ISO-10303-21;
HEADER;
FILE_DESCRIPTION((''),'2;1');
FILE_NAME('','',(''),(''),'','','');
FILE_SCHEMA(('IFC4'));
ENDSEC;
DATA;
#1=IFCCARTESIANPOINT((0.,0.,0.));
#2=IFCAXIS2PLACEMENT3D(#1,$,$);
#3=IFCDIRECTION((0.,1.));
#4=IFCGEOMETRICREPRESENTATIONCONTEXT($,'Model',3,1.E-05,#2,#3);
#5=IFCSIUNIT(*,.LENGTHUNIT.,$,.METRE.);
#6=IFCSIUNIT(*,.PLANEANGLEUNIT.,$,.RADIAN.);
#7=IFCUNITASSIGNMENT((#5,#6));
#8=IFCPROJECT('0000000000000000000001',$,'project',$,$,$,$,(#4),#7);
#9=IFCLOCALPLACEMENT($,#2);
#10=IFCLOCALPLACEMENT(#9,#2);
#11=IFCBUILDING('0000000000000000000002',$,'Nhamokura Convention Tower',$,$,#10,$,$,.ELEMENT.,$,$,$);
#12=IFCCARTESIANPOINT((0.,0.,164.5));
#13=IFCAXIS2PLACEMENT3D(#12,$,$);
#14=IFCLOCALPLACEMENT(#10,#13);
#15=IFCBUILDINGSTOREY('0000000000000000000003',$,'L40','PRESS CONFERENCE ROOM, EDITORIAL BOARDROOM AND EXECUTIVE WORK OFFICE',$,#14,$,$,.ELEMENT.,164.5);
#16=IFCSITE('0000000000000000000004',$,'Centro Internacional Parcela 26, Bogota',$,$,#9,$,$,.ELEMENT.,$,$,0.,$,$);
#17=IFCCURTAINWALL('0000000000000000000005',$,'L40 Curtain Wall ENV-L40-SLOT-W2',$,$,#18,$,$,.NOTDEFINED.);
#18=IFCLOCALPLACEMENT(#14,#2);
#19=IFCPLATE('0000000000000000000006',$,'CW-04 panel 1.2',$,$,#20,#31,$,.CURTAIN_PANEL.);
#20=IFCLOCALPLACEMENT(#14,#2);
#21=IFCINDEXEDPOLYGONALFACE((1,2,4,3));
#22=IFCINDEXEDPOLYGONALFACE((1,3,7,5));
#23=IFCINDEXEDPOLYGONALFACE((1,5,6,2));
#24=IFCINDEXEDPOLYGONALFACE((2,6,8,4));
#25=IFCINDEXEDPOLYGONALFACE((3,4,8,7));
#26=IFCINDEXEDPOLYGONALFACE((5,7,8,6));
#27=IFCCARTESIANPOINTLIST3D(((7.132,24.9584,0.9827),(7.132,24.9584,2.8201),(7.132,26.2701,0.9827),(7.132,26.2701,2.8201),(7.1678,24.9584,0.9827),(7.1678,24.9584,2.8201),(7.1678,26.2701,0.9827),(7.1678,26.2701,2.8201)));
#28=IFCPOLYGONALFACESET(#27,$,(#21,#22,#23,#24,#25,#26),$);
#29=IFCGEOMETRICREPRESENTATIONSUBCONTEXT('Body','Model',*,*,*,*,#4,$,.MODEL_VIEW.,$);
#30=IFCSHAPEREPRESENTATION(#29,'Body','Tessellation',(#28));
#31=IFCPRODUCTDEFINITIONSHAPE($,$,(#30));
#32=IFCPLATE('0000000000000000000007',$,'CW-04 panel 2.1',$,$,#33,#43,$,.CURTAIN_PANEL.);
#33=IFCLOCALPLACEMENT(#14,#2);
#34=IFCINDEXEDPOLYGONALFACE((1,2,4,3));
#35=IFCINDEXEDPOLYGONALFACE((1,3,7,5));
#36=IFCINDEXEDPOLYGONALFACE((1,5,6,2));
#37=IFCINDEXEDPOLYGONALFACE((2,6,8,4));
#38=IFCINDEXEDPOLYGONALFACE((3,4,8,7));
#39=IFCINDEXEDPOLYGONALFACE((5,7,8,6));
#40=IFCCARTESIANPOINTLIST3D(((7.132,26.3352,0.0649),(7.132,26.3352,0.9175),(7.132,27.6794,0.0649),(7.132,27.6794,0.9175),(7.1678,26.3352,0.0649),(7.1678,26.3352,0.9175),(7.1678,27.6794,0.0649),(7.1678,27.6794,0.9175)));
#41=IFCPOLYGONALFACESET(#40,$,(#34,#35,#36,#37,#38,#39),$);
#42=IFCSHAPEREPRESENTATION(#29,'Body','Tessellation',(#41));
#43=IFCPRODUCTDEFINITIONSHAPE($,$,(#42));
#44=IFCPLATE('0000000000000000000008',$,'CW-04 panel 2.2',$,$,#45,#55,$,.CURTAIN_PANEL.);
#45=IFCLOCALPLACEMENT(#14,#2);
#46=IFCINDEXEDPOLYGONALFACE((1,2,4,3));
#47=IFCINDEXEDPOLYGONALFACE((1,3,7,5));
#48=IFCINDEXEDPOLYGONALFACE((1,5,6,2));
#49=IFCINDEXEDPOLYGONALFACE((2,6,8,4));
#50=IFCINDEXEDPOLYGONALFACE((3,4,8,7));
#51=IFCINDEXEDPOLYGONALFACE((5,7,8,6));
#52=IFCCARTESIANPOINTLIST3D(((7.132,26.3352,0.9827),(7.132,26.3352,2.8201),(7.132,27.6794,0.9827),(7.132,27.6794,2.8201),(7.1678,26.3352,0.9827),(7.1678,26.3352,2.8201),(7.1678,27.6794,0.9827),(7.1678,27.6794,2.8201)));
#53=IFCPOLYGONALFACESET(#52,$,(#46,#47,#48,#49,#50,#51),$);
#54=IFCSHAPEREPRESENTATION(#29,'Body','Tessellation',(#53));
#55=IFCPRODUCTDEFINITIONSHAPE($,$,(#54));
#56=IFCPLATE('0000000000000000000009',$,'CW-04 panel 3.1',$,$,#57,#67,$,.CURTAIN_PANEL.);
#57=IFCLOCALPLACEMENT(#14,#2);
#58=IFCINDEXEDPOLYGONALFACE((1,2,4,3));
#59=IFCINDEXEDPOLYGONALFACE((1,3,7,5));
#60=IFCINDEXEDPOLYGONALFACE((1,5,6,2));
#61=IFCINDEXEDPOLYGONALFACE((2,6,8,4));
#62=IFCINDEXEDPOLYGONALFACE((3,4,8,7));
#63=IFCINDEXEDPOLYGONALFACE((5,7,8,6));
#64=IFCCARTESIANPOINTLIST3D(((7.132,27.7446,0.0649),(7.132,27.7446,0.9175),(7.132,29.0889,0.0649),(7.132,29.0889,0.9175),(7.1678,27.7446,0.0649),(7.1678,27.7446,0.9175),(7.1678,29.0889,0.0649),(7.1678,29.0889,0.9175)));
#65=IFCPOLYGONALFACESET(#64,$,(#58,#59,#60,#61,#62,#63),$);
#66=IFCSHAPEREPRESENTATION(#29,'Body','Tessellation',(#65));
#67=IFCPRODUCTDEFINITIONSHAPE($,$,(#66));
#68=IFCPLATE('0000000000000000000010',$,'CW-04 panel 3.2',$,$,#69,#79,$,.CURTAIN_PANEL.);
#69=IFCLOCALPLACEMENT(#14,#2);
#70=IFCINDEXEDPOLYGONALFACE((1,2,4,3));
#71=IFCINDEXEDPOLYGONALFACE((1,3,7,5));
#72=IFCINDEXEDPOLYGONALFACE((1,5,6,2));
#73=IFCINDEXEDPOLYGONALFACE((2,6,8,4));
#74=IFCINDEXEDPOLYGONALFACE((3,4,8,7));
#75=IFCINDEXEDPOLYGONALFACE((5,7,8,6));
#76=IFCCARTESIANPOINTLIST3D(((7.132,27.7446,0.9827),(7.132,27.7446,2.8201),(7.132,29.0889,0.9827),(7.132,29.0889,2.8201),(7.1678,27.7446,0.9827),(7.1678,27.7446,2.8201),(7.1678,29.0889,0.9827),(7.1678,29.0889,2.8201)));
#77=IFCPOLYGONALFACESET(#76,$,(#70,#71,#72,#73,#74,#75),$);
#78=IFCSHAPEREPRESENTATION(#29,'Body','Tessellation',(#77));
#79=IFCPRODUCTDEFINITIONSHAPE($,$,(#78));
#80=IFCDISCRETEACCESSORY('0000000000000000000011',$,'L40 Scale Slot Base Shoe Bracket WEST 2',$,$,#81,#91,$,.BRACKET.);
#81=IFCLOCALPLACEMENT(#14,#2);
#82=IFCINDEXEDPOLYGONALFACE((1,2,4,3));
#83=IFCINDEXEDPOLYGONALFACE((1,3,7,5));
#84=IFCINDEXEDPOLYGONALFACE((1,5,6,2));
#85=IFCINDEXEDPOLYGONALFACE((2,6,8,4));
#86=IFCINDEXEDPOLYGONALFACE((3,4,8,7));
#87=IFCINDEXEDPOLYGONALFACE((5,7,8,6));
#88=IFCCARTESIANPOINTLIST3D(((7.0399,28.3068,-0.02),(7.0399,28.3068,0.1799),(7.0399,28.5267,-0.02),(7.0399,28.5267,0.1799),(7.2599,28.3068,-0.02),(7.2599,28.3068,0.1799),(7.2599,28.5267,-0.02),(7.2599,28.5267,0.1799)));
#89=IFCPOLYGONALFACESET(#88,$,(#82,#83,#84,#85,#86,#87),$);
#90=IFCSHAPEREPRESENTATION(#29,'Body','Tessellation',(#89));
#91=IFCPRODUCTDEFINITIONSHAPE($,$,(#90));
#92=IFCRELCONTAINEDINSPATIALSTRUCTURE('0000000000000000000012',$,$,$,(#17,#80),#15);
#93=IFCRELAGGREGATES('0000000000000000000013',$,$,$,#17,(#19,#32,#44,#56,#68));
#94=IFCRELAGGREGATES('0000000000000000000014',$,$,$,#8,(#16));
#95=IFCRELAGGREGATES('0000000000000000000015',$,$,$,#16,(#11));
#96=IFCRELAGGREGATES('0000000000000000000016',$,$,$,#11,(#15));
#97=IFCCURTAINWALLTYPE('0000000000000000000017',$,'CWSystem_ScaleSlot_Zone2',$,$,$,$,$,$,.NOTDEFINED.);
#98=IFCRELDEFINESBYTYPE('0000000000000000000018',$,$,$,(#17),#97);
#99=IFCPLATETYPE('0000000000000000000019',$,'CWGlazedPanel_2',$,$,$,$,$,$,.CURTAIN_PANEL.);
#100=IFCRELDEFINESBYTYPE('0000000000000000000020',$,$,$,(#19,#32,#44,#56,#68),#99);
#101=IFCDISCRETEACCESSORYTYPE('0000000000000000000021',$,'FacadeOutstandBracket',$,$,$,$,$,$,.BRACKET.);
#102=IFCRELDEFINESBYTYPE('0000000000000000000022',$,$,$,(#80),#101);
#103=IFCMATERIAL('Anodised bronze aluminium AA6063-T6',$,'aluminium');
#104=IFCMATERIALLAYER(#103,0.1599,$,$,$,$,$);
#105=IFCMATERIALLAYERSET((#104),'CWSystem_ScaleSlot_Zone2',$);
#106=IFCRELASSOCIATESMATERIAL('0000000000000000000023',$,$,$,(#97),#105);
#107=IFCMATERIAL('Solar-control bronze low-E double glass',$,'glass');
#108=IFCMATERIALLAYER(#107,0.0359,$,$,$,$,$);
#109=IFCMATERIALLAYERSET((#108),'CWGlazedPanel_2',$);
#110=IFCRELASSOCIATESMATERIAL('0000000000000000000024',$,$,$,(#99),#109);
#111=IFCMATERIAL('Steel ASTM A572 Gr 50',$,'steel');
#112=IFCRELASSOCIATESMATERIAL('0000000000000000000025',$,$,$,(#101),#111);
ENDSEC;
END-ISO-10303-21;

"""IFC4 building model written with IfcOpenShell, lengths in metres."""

from ifc_helpers import new_model, si_unit, direction, frame, origin, origin_2d, place, context, subcontext, project, spatial, rectangle, extrude, material, layer, layer_set, type_object, element, aggregate, save


model = new_model("IFC4")

# Units and contexts
model_context = context("Model", 3, precision=1e-05, world=origin(), true_north=direction((0.0, 1.0)))
body_context = subcontext(model_context, "Body", "Model", "MODEL_VIEW")
ifc_project = project(units=[si_unit("LENGTHUNIT", "METRE"), si_unit("PLANEANGLEUNIT", "RADIAN")], contexts=[model_context])

# Site, building, storey
site_placement = place(None, origin())
site = spatial("IfcSite", under=ifc_project, at=site_placement, Name="Centro Internacional Parcela 26, Bogota", CompositionType="ELEMENT", RefElevation=0.0)
building_placement = place(site_placement, origin())
building = spatial("IfcBuilding", under=site, at=building_placement, Name="Nhamokura Convention Tower", CompositionType="ELEMENT")
storey_placement = place(building_placement, frame((0.0, 0.0, 164.5)))
storey = spatial("IfcBuildingStorey", under=building, at=storey_placement, Name="L40", Description="PRESS CONFERENCE ROOM, EDITORIAL BOARDROOM AND EXECUTIVE WORK OFFICE", CompositionType="ELEMENT", Elevation=164.5)

# Curtain wall
ifc_material_1 = material(Name="Anodised bronze aluminium AA6063-T6", Category="aluminium")
ifc_layer_1 = layer(ifc_material_1, 0.1599)
ifc_layer_set_1 = layer_set([ifc_layer_1], Name="CWSystem_ScaleSlot_Zone2")
curtain_wall_type = type_object("IfcCurtainWallType", Name="CWSystem_ScaleSlot_Zone2", PredefinedType="NOTDEFINED", material=ifc_layer_set_1)
curtain_wall_placement = place(storey_placement, origin())
curtain_wall = element("IfcCurtainWall", 1, at=curtain_wall_placement, inside=storey, type_object=curtain_wall_type, Name="L40 Curtain Wall ENV-L40-SLOT-W2", PredefinedType="NOTDEFINED")

# Plates
ifc_material_2 = material(Name="Solar-control bronze low-E double glass", Category="glass")
ifc_layer_2 = layer(ifc_material_2, 0.0359)
ifc_layer_set_2 = layer_set([ifc_layer_2], Name="CWGlazedPanel_2")
plate_type = type_object("IfcPlateType", Name="CWGlazedPanel_2", PredefinedType="CURTAIN_PANEL", material=ifc_layer_set_2)
plate_1_placement = place(storey_placement, frame((7.1499, 25.6143, 0.9827), z_axis=(0.0, 0.0, 1.0), x_axis=(0.0, 1.0, 0.0)))
plate_1 = element("IfcPlate", 2, at=plate_1_placement, type_object=plate_type, Name="CW-04 panel 1.2", PredefinedType="CURTAIN_PANEL", context=body_context, shape_type="SweptSolid", body=[
    extrude(rectangle(XDim=1.3118, YDim=0.0359, at=origin_2d()), origin(), (0.0, 0.0, 1.0), 1.8374),
])
plate_2_placement = place(storey_placement, frame((7.1499, 27.0073, 0.0649), z_axis=(0.0, 0.0, 1.0), x_axis=(0.0, 1.0, 0.0)))
plate_2 = element("IfcPlate", 3, at=plate_2_placement, type_object=plate_type, Name="CW-04 panel 2.1", PredefinedType="CURTAIN_PANEL", context=body_context, shape_type="SweptSolid", body=[
    extrude(rectangle(XDim=1.3442, YDim=0.0359, at=origin_2d()), origin(), (0.0, 0.0, 1.0), 0.8525),
])
plate_3_placement = place(storey_placement, frame((7.1499, 27.0073, 0.9827), z_axis=(0.0, 0.0, 1.0), x_axis=(0.0, 1.0, 0.0)))
plate_3 = element("IfcPlate", 4, at=plate_3_placement, type_object=plate_type, Name="CW-04 panel 2.2", PredefinedType="CURTAIN_PANEL", context=body_context, shape_type="SweptSolid", body=[
    extrude(rectangle(XDim=1.3442, YDim=0.0359, at=origin_2d()), origin(), (0.0, 0.0, 1.0), 1.8374),
])
plate_4_placement = place(storey_placement, frame((7.1499, 28.4167, 0.0649), z_axis=(0.0, 0.0, 1.0), x_axis=(0.0, 1.0, 0.0)))
plate_4 = element("IfcPlate", 5, at=plate_4_placement, type_object=plate_type, Name="CW-04 panel 3.1", PredefinedType="CURTAIN_PANEL", context=body_context, shape_type="SweptSolid", body=[
    extrude(rectangle(XDim=1.3442, YDim=0.0359, at=origin_2d()), origin(), (0.0, 0.0, 1.0), 0.8525),
])
plate_5_placement = place(storey_placement, frame((7.1499, 28.4167, 0.9827), z_axis=(0.0, 0.0, 1.0), x_axis=(0.0, 1.0, 0.0)))
plate_5 = element("IfcPlate", 6, at=plate_5_placement, type_object=plate_type, Name="CW-04 panel 3.2", PredefinedType="CURTAIN_PANEL", context=body_context, shape_type="SweptSolid", body=[
    extrude(rectangle(XDim=1.3442, YDim=0.0359, at=origin_2d()), origin(), (0.0, 0.0, 1.0), 1.8374),
])
aggregate(curtain_wall, [plate_1, plate_2, plate_3, plate_4, plate_5])

# Discrete accessory
ifc_material_3 = material(Name="Steel ASTM A572 Gr 50", Category="steel")
discrete_accessory_type = type_object("IfcDiscreteAccessoryType", Name="FacadeOutstandBracket", PredefinedType="BRACKET", material=ifc_material_3)
discrete_accessory_placement = place(storey_placement, frame((7.1499, 28.4167, -0.02), z_axis=(0.0, 0.0, 1.0), x_axis=(1.0, 0.0, 0.0)))
element("IfcDiscreteAccessory", 7, at=discrete_accessory_placement, inside=storey, type_object=discrete_accessory_type, Name="L40 Scale Slot Base Shoe Bracket WEST 2", PredefinedType="BRACKET", context=body_context, shape_type="SweptSolid", body=[
    extrude(rectangle(XDim=0.22, YDim=0.22, at=origin_2d()), origin(), (0.0, 0.0, 1.0), 0.2),
])

save(model, "model.ifc")
